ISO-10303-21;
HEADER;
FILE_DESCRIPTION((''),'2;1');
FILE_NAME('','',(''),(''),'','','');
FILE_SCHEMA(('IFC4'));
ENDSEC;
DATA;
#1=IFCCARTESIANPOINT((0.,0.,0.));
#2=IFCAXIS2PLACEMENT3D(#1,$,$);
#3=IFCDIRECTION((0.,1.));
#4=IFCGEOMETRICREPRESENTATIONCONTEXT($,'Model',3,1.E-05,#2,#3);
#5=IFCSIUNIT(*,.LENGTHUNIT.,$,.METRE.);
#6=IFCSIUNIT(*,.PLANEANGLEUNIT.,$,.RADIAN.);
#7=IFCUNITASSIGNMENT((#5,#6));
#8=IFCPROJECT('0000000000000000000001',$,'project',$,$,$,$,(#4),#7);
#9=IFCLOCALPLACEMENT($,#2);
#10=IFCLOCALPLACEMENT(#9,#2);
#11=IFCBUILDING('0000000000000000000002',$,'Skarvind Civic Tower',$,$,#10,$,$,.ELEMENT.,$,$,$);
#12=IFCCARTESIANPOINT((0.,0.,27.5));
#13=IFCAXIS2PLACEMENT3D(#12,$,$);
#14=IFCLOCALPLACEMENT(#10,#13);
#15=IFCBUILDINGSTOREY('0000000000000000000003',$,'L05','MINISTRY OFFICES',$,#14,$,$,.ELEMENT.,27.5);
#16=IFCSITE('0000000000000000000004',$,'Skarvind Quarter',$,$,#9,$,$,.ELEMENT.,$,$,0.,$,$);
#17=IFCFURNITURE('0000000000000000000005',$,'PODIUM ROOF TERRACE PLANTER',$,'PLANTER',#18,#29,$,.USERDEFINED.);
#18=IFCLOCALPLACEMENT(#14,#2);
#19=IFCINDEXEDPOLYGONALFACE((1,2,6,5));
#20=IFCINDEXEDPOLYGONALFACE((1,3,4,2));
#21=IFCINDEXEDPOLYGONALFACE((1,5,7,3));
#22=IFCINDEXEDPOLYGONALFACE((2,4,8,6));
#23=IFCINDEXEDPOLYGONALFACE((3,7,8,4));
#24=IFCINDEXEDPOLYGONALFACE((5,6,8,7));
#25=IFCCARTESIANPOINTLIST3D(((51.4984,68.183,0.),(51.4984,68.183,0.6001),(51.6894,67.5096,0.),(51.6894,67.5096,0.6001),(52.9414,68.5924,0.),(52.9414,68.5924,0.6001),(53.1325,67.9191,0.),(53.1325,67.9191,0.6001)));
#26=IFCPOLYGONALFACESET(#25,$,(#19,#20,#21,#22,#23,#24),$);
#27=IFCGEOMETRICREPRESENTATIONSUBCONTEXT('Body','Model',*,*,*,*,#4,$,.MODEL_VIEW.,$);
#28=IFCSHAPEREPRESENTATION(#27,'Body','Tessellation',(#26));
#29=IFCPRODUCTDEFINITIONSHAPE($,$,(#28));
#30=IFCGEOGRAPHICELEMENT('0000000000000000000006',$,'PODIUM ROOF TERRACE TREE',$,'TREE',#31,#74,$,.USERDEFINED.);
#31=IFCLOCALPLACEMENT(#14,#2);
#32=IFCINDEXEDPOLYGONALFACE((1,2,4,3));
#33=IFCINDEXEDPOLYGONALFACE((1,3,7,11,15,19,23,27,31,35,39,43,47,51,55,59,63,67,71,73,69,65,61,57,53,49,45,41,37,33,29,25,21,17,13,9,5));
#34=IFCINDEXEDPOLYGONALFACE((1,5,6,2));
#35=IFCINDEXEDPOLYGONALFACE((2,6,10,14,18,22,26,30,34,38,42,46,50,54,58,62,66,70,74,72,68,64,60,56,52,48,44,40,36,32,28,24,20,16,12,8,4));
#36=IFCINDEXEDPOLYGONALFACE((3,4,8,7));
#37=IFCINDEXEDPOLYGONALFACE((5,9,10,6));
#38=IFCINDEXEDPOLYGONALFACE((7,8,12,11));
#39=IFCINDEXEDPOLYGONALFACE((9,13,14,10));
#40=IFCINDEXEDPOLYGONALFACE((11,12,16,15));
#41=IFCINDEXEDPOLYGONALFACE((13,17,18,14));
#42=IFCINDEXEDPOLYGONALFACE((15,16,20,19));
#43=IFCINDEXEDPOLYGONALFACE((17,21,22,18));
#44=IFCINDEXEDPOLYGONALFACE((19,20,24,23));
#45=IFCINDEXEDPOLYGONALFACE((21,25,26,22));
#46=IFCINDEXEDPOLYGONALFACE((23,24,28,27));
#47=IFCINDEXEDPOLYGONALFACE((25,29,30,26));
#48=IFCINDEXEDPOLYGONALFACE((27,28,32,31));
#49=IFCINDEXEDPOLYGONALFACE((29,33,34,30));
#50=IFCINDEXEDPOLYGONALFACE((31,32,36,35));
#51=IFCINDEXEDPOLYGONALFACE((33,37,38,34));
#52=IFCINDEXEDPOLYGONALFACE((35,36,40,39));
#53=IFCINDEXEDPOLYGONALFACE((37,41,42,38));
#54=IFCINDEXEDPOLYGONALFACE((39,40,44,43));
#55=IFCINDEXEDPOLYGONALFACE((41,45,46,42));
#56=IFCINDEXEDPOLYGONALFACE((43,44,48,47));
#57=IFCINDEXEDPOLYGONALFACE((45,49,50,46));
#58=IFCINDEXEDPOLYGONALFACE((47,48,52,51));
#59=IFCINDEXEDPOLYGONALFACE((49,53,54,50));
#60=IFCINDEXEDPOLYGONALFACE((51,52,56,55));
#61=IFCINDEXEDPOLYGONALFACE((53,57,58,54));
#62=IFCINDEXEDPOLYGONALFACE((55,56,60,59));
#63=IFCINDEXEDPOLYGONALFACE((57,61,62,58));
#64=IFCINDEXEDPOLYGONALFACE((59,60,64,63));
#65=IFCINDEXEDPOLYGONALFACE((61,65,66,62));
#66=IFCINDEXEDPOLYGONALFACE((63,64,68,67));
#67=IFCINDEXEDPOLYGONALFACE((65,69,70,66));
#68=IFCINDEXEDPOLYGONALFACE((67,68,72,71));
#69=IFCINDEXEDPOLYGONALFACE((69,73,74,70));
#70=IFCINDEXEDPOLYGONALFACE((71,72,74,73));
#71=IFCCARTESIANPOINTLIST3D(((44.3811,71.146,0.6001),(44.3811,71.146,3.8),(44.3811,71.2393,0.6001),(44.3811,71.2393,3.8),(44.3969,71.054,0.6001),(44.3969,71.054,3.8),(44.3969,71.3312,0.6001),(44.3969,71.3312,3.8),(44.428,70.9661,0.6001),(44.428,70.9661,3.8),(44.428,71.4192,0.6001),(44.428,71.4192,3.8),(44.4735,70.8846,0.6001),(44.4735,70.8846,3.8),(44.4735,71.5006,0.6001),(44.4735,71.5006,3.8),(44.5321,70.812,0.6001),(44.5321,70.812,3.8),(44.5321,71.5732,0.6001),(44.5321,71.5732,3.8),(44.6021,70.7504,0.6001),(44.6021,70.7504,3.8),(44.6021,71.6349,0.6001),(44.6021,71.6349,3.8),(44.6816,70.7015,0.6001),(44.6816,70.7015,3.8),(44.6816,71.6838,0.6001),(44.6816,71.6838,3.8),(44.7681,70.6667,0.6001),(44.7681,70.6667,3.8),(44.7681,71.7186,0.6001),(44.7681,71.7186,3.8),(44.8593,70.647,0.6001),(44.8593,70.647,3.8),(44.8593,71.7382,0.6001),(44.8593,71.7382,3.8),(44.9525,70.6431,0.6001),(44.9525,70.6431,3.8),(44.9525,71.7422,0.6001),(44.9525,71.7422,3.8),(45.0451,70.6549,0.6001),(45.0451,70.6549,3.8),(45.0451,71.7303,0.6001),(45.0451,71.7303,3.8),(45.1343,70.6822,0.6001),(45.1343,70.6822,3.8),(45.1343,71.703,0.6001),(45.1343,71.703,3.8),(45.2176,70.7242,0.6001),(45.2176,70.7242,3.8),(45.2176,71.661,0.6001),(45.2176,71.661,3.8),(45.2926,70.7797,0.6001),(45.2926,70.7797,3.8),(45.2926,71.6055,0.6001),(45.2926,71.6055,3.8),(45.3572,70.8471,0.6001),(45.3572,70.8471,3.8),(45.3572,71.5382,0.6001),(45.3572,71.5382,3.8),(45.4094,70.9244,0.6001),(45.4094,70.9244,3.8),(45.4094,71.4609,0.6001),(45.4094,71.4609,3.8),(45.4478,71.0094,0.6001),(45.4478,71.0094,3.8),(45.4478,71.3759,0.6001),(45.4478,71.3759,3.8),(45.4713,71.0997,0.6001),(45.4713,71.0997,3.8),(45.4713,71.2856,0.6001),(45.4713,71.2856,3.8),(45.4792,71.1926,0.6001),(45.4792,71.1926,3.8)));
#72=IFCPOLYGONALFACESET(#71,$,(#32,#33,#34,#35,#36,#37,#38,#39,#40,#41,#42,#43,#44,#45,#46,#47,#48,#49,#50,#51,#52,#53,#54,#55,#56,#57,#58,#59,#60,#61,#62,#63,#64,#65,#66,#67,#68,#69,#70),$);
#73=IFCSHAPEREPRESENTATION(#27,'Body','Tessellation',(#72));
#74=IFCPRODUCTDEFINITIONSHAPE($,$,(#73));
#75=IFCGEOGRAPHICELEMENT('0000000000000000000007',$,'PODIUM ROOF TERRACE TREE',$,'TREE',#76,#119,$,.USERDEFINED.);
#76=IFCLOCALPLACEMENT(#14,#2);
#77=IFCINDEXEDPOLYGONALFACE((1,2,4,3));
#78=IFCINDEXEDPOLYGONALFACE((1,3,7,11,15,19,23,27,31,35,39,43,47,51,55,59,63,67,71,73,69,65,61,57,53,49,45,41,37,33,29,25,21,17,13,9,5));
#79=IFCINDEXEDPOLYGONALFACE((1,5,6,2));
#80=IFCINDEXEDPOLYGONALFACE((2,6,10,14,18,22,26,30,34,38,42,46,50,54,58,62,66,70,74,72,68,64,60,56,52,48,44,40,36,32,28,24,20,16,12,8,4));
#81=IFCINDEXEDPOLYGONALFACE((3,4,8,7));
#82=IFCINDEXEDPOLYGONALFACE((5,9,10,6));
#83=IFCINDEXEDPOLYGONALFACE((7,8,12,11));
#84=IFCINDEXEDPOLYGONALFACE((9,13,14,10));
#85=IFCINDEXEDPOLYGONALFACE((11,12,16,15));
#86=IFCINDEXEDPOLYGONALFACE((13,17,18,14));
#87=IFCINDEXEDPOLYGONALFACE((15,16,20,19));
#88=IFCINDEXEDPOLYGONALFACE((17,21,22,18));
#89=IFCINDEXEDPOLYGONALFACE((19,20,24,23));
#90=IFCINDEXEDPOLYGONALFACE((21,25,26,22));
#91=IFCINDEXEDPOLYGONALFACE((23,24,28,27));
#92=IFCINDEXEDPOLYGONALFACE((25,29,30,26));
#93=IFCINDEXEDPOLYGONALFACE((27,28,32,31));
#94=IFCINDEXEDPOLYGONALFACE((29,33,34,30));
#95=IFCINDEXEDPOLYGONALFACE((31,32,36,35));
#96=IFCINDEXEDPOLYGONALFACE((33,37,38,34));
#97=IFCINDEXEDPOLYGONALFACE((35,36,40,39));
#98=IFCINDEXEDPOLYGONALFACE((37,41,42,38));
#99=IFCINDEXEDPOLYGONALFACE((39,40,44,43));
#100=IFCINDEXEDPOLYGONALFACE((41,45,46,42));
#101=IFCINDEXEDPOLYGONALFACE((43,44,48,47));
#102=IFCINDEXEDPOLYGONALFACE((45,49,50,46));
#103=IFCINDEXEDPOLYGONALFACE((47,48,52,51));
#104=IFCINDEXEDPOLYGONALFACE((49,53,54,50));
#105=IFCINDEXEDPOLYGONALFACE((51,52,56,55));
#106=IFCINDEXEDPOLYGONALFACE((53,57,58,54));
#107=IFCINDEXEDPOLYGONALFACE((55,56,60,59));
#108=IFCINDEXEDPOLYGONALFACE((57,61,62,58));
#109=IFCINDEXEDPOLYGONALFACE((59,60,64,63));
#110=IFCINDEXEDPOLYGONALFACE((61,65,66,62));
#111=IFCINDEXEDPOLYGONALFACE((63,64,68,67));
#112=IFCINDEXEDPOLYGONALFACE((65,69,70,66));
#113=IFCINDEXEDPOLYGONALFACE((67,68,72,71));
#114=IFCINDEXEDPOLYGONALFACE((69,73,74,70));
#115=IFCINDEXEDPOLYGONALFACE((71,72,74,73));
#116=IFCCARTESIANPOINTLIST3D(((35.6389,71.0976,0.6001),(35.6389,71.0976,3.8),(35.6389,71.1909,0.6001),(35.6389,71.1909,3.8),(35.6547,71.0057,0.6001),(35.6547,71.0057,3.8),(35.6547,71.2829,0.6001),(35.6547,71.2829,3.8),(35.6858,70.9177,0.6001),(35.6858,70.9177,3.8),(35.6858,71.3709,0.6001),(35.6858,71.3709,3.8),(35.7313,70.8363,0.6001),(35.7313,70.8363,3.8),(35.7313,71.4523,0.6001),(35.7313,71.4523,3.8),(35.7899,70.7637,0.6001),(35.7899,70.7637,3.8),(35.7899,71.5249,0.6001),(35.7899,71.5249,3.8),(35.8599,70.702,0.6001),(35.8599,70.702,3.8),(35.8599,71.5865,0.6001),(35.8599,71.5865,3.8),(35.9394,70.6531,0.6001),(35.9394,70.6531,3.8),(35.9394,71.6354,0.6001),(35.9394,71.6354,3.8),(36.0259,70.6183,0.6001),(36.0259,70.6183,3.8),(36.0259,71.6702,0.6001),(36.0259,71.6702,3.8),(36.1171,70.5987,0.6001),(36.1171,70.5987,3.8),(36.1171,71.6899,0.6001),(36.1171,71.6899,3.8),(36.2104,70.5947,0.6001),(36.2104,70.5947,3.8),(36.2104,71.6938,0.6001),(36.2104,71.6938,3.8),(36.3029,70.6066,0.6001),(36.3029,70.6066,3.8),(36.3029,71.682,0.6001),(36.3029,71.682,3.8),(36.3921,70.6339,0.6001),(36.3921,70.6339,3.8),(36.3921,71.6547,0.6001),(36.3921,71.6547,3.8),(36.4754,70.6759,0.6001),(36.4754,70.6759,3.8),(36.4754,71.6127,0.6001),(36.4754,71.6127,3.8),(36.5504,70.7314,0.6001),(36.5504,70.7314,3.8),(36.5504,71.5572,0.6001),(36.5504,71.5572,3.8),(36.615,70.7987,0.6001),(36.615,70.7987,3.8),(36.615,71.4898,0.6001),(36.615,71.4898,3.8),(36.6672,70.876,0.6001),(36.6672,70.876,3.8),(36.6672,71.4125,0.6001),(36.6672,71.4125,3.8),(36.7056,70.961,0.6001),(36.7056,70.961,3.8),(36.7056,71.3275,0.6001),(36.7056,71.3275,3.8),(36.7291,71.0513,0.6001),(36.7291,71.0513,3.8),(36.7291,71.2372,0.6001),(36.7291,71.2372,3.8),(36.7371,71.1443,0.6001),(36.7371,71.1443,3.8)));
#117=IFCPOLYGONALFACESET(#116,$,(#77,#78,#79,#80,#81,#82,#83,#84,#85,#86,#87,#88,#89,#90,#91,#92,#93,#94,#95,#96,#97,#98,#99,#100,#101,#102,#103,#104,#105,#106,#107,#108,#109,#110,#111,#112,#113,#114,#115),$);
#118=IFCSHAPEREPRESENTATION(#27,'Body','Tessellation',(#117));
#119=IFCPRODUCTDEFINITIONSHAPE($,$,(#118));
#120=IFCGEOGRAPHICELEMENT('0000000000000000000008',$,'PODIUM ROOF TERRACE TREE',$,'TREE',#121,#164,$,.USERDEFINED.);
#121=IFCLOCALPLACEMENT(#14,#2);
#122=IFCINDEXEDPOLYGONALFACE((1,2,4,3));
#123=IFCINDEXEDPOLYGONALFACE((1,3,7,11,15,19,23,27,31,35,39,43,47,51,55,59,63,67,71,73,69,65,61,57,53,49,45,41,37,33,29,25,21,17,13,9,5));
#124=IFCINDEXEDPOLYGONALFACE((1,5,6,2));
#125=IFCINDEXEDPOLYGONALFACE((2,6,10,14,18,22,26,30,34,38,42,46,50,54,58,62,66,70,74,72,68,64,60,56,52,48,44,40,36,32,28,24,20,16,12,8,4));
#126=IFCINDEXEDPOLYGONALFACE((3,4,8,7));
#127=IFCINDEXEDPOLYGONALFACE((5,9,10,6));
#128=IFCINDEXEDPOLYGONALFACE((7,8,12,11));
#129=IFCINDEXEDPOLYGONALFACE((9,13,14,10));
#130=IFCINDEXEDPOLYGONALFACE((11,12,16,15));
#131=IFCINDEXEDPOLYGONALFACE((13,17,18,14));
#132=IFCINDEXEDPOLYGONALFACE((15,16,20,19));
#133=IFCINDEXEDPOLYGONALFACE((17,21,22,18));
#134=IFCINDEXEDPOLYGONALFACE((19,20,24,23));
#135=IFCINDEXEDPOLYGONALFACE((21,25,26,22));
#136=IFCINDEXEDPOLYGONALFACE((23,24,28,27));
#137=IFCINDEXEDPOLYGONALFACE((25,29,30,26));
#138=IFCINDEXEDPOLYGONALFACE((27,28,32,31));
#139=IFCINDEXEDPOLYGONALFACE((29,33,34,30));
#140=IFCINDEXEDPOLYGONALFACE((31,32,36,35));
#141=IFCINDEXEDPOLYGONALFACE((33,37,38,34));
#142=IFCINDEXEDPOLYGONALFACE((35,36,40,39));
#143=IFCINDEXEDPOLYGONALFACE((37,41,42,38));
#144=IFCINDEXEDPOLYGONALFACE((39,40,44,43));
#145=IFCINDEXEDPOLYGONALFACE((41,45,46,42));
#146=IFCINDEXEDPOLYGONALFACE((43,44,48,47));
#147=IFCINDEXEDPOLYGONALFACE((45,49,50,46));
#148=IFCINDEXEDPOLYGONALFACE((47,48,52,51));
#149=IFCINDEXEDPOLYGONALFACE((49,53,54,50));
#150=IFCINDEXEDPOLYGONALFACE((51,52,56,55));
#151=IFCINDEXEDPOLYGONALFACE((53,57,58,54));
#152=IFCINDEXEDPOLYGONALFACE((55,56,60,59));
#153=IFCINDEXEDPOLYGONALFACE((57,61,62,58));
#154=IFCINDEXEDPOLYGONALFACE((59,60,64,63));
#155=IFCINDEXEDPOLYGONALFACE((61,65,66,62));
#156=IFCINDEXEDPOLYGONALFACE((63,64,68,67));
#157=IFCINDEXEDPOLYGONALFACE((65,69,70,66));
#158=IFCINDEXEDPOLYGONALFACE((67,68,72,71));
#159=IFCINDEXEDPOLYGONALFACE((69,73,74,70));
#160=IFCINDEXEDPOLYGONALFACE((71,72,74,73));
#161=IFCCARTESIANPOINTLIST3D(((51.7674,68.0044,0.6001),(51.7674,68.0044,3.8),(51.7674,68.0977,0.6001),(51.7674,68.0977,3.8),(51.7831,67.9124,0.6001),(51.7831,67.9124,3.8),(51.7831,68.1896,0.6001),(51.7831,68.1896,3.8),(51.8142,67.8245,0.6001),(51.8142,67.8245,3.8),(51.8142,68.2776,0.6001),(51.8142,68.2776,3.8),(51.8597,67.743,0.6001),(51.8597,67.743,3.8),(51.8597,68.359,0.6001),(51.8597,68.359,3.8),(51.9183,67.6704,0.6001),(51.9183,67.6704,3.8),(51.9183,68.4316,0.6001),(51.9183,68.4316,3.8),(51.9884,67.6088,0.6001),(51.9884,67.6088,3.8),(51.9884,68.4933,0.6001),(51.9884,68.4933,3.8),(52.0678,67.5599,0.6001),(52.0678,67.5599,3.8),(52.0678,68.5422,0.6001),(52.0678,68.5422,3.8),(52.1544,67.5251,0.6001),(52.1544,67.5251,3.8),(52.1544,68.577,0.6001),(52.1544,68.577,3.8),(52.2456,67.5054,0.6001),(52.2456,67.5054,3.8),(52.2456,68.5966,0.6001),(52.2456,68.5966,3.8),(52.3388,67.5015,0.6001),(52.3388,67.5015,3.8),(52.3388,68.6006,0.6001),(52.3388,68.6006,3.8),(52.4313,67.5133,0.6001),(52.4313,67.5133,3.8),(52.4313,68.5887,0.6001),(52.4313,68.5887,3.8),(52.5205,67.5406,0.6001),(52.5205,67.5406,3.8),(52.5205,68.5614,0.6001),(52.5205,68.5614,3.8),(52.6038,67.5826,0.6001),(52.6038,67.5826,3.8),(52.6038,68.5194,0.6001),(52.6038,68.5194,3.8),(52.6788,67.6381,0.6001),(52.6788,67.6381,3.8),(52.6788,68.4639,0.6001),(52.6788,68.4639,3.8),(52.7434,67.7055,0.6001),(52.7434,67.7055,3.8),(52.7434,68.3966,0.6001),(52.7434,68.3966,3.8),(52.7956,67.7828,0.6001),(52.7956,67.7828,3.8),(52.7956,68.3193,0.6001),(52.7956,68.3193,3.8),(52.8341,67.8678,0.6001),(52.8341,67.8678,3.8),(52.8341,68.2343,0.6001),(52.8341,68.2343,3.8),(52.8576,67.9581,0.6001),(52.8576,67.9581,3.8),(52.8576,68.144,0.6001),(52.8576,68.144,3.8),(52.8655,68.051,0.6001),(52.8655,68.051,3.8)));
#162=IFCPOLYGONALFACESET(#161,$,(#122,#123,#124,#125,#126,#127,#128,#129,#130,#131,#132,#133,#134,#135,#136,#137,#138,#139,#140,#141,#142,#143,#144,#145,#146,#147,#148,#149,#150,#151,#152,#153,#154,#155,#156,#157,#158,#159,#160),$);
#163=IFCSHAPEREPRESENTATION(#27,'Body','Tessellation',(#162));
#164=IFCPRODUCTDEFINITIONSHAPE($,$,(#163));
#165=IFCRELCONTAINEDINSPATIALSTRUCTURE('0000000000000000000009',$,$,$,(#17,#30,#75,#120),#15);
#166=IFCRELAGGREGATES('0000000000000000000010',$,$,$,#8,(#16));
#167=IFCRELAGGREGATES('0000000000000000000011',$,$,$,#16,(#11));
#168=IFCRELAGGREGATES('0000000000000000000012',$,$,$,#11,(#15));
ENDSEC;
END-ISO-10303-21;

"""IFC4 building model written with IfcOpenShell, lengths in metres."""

from ifc_helpers import new_model, si_unit, direction, frame, origin, origin_2d, place, context, subcontext, project, spatial, rectangle, circle, extrude, element, save


model = new_model("IFC4")

# Units and contexts
model_context = context("Model", 3, precision=1e-05, world=origin(), true_north=direction((0.0, 1.0)))
body_context = subcontext(model_context, "Body", "Model", "MODEL_VIEW")
ifc_project = project(units=[si_unit("LENGTHUNIT", "METRE"), si_unit("PLANEANGLEUNIT", "RADIAN")], contexts=[model_context])

# Site, building, storey
site_placement = place(None, origin())
site = spatial("IfcSite", under=ifc_project, at=site_placement, Name="Skarvind Quarter", CompositionType="ELEMENT", RefElevation=0.0)
building_placement = place(site_placement, origin())
building = spatial("IfcBuilding", under=site, at=building_placement, Name="Skarvind Civic Tower", CompositionType="ELEMENT")
storey_placement = place(building_placement, frame((0.0, 0.0, 27.5)))
storey = spatial("IfcBuildingStorey", under=building, at=storey_placement, Name="L05", Description="MINISTRY OFFICES", CompositionType="ELEMENT", Elevation=27.5)

# Furniture
for number, where, z_axis, x_axis, name in (
    (1, (52.3154, 68.051, 0.0), (0.0, 0.0, 1.0), (-0.962028, -0.272952, 0.0), "PODIUM ROOF TERRACE PLANTER"),
):
    element("IfcFurniture", number, at=place(storey_placement, frame(where, z_axis=z_axis, x_axis=x_axis)), inside=storey, Name=name, ObjectType="PLANTER", PredefinedType="USERDEFINED", context=body_context, shape_type="SweptSolid", body=[
        extrude(rectangle(XDim=1.5, YDim=0.7, at=origin_2d()), origin(), (0.0, 0.0, 1.0), 0.6001),
    ])

# Geographic elements
for number, where, z_axis, x_axis, name in (
    (2, (44.9292, 71.1926, 0.6001), (0.0, 0.0, 1.0), (1.0, 0.0, 0.0), "PODIUM ROOF TERRACE TREE"),
    (3, (36.187, 71.1443, 0.6001), (0.0, 0.0, 1.0), (1.0, 0.0, 0.0), "PODIUM ROOF TERRACE TREE"),
    (4, (52.3154, 68.051, 0.6001), (0.0, 0.0, 1.0), (1.0, 0.0, 0.0), "PODIUM ROOF TERRACE TREE"),
):
    element("IfcGeographicElement", number, at=place(storey_placement, frame(where, z_axis=z_axis, x_axis=x_axis)), inside=storey, Name=name, ObjectType="TREE", PredefinedType="USERDEFINED", context=body_context, shape_type="SweptSolid", body=[
        extrude(circle(Radius=0.55, at=origin_2d()), origin(), (0.0, 0.0, 1.0), 3.2),
    ])

save(model, "model.ifc")
